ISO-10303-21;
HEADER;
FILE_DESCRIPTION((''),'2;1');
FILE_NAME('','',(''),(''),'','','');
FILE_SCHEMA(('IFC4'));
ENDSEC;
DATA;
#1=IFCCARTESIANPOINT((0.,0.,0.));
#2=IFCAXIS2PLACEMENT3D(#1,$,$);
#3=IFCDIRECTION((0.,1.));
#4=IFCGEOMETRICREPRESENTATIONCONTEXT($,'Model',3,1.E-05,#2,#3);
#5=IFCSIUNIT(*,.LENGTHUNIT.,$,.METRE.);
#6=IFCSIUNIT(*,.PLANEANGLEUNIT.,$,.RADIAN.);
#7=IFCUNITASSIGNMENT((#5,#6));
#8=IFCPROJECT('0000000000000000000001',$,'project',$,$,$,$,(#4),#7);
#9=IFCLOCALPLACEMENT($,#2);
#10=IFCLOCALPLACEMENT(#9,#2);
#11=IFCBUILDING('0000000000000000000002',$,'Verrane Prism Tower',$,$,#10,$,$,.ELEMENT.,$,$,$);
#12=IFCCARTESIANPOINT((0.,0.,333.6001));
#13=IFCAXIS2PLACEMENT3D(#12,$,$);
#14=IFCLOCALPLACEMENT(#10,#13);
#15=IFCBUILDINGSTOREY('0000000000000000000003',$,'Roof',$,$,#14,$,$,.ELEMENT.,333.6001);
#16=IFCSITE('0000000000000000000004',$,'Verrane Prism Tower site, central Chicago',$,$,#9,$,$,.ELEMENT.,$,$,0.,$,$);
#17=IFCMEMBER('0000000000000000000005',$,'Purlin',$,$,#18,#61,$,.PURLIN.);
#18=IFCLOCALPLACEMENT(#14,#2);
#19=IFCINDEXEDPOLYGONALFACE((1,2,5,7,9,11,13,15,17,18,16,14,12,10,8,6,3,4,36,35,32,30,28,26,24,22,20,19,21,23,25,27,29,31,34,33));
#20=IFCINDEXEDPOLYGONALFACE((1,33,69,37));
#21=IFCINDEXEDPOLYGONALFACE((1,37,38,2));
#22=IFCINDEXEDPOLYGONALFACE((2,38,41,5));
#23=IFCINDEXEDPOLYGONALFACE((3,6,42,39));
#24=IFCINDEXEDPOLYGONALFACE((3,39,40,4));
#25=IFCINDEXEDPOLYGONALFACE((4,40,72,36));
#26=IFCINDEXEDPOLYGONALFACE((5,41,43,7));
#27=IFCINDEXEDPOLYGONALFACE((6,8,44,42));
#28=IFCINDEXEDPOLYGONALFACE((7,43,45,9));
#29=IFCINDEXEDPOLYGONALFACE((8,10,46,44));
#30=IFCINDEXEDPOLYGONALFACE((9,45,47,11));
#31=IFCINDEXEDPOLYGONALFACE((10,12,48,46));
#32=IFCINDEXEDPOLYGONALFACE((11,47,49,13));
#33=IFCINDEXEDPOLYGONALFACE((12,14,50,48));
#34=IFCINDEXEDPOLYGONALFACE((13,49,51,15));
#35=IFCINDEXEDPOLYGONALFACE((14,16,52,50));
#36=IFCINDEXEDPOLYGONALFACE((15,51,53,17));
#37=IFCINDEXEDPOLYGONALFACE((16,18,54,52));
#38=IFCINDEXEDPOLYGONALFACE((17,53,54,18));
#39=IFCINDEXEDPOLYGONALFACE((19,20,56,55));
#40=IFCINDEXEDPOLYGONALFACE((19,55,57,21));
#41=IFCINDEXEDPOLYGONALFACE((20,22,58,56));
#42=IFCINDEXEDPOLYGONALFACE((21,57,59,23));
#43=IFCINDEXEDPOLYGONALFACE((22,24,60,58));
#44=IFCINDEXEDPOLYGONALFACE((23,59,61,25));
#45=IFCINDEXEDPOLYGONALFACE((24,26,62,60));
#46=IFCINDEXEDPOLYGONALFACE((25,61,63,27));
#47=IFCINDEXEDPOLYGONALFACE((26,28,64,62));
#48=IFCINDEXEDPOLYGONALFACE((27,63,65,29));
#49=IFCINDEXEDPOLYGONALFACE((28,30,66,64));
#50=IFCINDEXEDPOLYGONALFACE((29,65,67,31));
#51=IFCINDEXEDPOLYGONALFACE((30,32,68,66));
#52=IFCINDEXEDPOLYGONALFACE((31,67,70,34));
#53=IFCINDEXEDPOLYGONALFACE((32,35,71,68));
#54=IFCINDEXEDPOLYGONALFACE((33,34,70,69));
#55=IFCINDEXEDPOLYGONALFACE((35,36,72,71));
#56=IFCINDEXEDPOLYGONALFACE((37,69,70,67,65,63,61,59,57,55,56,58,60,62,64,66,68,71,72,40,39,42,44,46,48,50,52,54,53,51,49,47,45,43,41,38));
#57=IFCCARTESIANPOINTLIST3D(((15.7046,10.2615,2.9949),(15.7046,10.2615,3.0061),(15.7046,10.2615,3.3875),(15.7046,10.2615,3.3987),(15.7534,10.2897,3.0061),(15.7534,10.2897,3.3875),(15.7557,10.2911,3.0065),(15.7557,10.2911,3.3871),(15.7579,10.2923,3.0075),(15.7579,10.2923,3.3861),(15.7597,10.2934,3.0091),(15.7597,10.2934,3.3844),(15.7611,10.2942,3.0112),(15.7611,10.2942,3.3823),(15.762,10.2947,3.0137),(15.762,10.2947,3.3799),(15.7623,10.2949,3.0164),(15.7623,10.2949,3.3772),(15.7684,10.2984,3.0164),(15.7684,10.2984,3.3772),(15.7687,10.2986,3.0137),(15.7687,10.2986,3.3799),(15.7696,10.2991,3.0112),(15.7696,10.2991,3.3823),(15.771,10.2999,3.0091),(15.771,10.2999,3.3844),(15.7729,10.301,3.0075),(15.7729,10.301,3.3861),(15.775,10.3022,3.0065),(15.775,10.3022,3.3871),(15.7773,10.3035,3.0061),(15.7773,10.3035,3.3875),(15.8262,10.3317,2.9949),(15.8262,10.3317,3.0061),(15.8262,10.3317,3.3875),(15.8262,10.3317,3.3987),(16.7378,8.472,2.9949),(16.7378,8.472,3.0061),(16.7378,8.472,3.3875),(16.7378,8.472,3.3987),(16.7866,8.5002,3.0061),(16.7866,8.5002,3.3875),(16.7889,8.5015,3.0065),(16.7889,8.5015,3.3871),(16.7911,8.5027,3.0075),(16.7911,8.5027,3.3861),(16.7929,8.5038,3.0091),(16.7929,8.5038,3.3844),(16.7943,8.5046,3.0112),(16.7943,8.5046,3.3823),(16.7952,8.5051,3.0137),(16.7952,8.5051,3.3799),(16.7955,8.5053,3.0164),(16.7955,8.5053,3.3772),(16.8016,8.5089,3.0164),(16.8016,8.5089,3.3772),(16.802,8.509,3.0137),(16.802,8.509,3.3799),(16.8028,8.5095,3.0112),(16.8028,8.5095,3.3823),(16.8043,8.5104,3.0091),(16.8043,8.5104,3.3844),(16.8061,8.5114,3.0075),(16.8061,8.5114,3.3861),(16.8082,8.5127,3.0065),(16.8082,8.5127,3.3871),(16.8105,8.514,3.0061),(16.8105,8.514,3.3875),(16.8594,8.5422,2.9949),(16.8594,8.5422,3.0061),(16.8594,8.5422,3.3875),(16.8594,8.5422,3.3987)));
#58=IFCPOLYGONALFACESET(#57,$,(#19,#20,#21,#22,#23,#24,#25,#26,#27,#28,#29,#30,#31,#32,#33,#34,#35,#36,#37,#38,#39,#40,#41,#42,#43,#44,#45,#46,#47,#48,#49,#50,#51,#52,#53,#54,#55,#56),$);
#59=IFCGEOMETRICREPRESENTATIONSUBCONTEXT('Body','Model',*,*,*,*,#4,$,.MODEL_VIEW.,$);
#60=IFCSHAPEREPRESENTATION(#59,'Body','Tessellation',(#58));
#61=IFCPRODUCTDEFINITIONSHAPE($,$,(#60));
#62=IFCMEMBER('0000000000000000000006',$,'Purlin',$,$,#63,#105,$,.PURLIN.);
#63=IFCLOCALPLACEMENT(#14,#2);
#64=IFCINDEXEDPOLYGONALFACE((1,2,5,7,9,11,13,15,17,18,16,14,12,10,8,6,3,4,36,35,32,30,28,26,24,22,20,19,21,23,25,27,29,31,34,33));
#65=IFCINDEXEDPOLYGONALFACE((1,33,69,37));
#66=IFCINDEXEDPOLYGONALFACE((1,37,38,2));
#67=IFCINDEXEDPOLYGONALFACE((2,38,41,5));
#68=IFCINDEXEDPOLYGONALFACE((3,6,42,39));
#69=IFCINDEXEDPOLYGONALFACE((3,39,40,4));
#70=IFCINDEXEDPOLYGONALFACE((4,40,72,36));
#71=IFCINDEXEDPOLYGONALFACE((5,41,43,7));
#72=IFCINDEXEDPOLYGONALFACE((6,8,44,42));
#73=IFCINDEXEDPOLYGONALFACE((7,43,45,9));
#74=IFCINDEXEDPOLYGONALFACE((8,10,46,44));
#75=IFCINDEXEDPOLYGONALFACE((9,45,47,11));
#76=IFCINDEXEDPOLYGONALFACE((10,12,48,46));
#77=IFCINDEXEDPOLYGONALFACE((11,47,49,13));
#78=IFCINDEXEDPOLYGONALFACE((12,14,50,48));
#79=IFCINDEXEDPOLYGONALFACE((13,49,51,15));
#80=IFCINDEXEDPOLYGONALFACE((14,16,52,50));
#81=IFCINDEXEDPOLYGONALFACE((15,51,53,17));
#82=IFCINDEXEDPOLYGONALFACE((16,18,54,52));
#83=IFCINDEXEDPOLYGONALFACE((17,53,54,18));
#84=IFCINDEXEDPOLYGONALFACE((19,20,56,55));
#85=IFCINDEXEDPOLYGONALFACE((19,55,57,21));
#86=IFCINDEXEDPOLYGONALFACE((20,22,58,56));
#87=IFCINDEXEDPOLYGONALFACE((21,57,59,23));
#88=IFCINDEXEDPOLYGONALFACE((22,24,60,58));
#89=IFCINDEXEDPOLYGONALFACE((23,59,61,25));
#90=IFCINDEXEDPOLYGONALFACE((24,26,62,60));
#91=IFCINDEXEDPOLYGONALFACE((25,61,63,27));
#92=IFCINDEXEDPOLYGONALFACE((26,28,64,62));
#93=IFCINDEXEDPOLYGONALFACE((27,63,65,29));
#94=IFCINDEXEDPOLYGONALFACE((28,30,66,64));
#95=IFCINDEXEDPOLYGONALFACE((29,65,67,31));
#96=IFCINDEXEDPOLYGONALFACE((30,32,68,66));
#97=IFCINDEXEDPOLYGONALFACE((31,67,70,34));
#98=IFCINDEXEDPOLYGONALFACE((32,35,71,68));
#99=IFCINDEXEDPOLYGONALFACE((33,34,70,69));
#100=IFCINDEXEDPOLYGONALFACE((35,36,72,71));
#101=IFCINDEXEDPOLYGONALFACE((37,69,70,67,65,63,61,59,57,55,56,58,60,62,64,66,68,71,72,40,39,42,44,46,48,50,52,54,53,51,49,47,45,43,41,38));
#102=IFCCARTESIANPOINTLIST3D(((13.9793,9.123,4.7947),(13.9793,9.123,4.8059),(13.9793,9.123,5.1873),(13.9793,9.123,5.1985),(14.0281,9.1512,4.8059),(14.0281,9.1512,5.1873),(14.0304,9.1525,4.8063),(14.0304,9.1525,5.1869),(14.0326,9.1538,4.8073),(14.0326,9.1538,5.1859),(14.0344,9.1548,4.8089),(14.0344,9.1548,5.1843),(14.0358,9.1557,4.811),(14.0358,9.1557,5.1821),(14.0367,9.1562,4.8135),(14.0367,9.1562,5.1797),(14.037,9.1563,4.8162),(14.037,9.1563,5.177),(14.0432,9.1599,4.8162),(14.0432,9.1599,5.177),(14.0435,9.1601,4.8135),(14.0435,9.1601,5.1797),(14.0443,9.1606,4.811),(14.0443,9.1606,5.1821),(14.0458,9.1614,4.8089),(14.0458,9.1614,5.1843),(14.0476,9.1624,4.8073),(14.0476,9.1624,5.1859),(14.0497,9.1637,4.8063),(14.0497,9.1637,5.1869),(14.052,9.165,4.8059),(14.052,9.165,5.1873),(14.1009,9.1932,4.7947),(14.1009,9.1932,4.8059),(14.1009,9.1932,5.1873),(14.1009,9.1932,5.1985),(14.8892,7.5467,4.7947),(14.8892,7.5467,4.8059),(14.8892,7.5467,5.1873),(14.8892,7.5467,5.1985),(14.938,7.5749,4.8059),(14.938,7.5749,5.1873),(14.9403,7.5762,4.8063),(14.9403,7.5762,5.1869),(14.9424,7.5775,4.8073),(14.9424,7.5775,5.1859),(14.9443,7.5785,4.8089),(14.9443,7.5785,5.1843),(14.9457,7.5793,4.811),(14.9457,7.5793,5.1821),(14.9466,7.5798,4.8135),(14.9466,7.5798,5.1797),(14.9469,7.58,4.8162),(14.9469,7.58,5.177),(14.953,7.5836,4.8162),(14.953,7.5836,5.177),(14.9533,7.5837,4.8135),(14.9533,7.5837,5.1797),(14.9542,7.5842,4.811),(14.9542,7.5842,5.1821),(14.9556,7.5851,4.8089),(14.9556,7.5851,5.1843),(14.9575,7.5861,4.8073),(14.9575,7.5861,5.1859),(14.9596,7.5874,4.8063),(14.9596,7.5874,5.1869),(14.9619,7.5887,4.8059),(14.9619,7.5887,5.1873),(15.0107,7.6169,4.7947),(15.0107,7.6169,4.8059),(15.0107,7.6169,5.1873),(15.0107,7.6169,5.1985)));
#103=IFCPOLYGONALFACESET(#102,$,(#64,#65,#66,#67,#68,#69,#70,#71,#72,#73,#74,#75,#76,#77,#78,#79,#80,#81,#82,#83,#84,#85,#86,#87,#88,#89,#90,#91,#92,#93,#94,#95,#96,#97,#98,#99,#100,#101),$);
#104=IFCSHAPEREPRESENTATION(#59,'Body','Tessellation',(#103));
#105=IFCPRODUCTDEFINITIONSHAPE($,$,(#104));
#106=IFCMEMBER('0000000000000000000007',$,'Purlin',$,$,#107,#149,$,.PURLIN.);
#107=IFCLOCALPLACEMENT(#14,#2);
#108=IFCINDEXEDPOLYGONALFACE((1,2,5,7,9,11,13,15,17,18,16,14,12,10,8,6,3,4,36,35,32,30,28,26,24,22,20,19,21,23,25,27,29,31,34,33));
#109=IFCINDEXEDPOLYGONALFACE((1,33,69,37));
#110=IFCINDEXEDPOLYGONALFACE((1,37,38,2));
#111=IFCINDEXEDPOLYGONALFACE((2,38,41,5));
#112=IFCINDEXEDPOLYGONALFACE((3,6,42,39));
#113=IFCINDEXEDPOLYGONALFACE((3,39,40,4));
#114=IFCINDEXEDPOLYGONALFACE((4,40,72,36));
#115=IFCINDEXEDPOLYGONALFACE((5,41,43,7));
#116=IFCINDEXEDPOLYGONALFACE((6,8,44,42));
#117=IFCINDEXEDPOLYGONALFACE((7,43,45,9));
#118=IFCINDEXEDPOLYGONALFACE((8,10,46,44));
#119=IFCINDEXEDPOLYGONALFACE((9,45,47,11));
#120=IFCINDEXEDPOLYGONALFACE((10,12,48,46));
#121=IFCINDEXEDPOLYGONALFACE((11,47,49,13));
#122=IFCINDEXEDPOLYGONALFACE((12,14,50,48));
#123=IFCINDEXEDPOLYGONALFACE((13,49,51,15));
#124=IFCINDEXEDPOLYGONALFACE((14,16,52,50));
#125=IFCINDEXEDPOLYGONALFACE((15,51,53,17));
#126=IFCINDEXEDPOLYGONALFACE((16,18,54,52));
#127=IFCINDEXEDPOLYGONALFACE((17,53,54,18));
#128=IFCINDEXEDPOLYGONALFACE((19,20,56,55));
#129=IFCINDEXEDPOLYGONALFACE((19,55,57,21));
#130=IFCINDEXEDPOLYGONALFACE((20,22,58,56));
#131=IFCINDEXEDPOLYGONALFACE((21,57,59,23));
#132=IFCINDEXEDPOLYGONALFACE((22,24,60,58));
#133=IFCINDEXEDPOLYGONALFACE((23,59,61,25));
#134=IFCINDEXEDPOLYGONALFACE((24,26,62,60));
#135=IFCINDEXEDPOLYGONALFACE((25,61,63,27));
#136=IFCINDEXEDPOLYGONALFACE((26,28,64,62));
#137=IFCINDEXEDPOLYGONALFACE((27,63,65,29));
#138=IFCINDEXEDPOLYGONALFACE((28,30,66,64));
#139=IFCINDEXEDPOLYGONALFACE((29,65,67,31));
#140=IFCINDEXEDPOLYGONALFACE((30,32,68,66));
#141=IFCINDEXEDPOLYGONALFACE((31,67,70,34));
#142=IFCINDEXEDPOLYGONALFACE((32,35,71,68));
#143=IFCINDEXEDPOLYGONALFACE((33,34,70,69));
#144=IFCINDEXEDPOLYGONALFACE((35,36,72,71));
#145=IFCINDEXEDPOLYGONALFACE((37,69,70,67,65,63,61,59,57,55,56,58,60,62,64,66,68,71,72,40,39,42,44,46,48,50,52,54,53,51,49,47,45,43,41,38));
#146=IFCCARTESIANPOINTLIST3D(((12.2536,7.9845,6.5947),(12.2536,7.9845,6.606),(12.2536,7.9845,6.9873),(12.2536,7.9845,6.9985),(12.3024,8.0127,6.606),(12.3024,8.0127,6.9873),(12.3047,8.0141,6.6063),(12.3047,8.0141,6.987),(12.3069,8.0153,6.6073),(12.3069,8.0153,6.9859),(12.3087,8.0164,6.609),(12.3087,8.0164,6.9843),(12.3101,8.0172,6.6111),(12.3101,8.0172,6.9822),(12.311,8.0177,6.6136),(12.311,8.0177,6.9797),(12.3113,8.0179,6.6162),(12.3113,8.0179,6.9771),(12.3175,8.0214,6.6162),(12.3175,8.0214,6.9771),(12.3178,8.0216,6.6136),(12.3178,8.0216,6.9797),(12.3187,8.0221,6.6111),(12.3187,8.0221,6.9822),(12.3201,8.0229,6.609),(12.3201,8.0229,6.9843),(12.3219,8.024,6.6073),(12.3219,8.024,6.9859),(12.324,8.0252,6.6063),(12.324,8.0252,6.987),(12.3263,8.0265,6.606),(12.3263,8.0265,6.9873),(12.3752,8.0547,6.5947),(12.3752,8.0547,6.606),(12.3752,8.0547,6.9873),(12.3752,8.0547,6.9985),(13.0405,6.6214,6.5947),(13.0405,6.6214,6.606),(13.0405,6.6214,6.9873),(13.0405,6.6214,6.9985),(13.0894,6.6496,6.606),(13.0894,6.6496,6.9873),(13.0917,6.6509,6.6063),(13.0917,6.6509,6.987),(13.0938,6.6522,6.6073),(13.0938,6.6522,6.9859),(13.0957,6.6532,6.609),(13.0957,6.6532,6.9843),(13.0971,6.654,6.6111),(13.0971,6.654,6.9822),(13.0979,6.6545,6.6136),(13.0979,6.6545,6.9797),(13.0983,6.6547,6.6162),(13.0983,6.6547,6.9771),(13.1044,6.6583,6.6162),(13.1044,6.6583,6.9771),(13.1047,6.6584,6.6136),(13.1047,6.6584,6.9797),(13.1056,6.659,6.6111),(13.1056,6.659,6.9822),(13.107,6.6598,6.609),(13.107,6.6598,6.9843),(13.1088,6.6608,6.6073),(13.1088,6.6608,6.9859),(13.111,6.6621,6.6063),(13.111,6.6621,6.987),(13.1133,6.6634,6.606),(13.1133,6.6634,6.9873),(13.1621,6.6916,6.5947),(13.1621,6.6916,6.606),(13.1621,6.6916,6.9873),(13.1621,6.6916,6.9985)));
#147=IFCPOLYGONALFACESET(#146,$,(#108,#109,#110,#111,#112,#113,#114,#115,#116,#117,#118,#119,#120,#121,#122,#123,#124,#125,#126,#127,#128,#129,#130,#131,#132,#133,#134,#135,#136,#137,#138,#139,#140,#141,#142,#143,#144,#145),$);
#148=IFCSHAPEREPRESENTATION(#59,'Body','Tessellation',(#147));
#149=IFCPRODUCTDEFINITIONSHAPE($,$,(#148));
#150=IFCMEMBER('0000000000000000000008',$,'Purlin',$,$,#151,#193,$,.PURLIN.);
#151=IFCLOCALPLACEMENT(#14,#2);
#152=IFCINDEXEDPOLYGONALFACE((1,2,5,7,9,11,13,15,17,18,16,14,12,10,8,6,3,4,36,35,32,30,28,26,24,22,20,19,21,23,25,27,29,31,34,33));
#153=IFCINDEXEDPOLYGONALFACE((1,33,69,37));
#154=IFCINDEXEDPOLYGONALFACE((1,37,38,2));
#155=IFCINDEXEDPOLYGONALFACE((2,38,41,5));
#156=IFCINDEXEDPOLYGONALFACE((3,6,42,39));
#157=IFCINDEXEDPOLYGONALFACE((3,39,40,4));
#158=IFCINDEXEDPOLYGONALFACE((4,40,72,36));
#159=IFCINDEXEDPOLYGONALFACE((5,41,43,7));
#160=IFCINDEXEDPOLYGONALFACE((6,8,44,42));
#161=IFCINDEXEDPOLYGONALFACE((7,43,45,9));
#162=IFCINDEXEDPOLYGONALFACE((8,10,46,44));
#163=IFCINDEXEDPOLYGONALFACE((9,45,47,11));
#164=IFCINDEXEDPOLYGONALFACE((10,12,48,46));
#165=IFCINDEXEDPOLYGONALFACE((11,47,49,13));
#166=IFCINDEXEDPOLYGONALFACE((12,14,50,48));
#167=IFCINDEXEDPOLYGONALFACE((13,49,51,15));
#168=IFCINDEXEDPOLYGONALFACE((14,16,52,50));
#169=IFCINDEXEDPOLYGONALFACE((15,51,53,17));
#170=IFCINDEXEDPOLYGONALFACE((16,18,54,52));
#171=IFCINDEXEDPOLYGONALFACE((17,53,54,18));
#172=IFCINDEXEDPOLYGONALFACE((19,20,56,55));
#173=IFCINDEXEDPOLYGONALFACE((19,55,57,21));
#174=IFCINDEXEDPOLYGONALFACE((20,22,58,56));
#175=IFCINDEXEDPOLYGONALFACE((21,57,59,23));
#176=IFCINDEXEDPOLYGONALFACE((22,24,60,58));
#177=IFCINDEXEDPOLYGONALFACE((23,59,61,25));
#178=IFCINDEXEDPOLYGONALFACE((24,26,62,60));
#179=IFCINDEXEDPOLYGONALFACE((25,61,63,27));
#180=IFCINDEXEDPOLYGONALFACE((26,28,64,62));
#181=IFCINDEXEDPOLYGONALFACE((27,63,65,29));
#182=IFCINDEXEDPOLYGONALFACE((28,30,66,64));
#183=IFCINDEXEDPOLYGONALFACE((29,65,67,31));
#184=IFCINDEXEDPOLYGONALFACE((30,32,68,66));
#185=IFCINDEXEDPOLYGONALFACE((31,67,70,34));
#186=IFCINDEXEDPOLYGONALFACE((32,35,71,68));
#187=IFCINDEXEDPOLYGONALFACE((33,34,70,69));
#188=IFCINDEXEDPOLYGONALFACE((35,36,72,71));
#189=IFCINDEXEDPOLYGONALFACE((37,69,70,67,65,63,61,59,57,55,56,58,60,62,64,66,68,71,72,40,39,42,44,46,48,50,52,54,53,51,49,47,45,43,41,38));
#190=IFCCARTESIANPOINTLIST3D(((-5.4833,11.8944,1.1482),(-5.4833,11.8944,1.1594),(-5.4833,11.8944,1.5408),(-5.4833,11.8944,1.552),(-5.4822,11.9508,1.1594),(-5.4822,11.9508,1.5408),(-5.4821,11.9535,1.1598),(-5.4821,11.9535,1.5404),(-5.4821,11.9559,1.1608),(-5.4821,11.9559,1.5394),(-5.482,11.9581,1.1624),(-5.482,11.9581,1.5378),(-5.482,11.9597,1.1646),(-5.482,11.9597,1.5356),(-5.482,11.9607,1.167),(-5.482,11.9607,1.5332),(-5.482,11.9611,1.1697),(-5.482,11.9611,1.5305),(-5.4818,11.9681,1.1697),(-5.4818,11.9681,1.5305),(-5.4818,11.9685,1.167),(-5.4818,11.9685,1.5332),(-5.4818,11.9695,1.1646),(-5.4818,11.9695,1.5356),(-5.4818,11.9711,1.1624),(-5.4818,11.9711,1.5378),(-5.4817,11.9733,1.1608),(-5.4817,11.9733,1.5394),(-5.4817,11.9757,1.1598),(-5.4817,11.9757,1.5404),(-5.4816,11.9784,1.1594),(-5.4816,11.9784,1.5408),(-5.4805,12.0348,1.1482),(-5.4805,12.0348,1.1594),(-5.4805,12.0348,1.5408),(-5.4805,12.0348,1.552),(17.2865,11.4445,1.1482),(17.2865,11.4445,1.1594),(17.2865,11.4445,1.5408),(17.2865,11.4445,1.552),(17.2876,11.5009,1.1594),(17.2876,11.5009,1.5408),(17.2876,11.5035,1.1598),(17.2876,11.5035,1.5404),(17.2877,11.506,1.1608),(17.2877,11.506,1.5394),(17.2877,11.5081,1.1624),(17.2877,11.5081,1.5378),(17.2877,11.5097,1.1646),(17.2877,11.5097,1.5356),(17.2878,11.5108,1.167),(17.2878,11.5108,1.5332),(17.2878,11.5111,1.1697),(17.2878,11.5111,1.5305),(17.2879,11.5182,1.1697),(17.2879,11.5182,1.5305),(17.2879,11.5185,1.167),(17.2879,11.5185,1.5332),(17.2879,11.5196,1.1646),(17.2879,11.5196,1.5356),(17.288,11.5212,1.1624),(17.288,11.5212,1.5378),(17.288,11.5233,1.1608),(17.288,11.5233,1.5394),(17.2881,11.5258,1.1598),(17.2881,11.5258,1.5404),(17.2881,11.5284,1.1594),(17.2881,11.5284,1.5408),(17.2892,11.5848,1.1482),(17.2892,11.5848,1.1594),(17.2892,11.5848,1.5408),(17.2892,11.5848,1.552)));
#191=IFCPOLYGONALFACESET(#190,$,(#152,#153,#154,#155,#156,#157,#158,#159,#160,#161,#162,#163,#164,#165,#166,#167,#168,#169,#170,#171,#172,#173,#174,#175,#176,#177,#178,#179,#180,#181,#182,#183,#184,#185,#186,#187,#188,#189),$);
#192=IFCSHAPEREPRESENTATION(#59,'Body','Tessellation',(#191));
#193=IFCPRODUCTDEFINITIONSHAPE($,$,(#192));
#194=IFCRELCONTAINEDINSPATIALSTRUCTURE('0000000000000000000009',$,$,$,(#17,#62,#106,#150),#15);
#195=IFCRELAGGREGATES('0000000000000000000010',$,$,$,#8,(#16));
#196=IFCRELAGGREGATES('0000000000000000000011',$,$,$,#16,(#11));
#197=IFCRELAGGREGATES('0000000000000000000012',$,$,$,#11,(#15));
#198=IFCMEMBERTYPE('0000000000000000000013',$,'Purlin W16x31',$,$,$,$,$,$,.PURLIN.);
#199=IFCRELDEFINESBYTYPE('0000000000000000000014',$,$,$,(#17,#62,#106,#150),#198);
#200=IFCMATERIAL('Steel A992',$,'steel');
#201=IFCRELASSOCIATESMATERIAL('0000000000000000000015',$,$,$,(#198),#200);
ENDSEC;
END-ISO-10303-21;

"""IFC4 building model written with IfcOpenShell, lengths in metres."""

from ifc_helpers import new_model, si_unit, direction, frame, origin, origin_2d, place, context, subcontext, project, spatial, i_section, extrude, material, material_profile, profile_set, type_object, element, save


model = new_model("IFC4")

# Units and contexts
model_context = context("Model", 3, precision=1e-05, world=origin(), true_north=direction((0.0, 1.0)))
body_context = subcontext(model_context, "Body", "Model", "MODEL_VIEW")
ifc_project = project(units=[si_unit("LENGTHUNIT", "METRE"), si_unit("PLANEANGLEUNIT", "RADIAN")], contexts=[model_context])

# Site, building, storey
site_placement = place(None, origin())
site = spatial("IfcSite", under=ifc_project, at=site_placement, Name="Verrane Prism Tower site, central Chicago", CompositionType="ELEMENT", RefElevation=0.0)
building_placement = place(site_placement, origin())
building = spatial("IfcBuilding", under=site, at=building_placement, Name="Verrane Prism Tower", CompositionType="ELEMENT")
storey_placement = place(building_placement, frame((0.0, 0.0, 333.6001)))
storey = spatial("IfcBuildingStorey", under=building, at=storey_placement, Name="Roof", CompositionType="ELEMENT", Elevation=333.6001)

# Members
ifc_material_1 = material(Name="Steel A992", Category="steel")
ifc_material_profile_1 = material_profile(ifc_material_1, i_section(OverallWidth=0.1404, OverallDepth=0.4038, WebThickness=0.0071, FlangeThickness=0.0112, FilletRadius=0.0103, at=origin_2d()), Name="W16x31")
ifc_profile_set_1 = profile_set([ifc_material_profile_1], Name="Steel A992")
member_type_1 = type_object("IfcMemberType", Name="Purlin W16x31", PredefinedType="PURLIN", material=ifc_profile_set_1)
member_1_placement = place(storey_placement, frame((16.7986, 8.5071, 3.1968), z_axis=(-0.500002, 0.866024, 0.0), x_axis=(-0.866024, -0.500002, 0.0)))
element("IfcMember", 1, at=member_1_placement, inside=storey, type_object=member_type_1, Name="Purlin", PredefinedType="PURLIN", context=body_context, shape_type="SweptSolid", body=[
    extrude(i_section(OverallWidth=0.1404, OverallDepth=0.4038, WebThickness=0.0071, FlangeThickness=0.0112, FilletRadius=0.0103, at=origin_2d()), origin(), (0.0, 0.0, 1.0), 2.0664),
])
member_2_placement = place(storey_placement, frame((14.95, 7.5818, 4.9966), z_axis=(-0.499904, 0.866081, 0.0), x_axis=(-0.866081, -0.499904, 0.0)))
element("IfcMember", 2, at=member_2_placement, inside=storey, type_object=member_type_1, Name="Purlin", PredefinedType="PURLIN", context=body_context, shape_type="SweptSolid", body=[
    extrude(i_section(OverallWidth=0.1404, OverallDepth=0.4038, WebThickness=0.0071, FlangeThickness=0.0112, FilletRadius=0.0103, at=origin_2d()), origin(), (0.0, 0.0, 1.0), 1.8201),
])
member_3_placement = place(storey_placement, frame((13.1013, 6.6565, 6.7966), z_axis=(-0.49996, 0.866049, 0.0), x_axis=(-0.866049, -0.49996, 0.0)))
element("IfcMember", 3, at=member_3_placement, inside=storey, type_object=member_type_1, Name="Purlin", PredefinedType="PURLIN", context=body_context, shape_type="SweptSolid", body=[
    extrude(i_section(OverallWidth=0.1404, OverallDepth=0.4038, WebThickness=0.0071, FlangeThickness=0.0112, FilletRadius=0.0103, at=origin_2d()), origin(), (0.0, 0.0, 1.0), 1.574),
])
member_4_placement = place(storey_placement, frame((17.2878, 11.5146, 1.3501), z_axis=(-0.999805, 0.019757, 0.0), x_axis=(-0.019757, -0.999805, 0.0)))
element("IfcMember", 4, at=member_4_placement, inside=storey, type_object=member_type_1, Name="Purlin", PredefinedType="PURLIN", context=body_context, shape_type="SweptSolid", body=[
    extrude(i_section(OverallWidth=0.1404, OverallDepth=0.4038, WebThickness=0.0071, FlangeThickness=0.0112, FilletRadius=0.0103, at=origin_2d()), origin(), (0.0, 0.0, 1.0), 22.7742),
])

save(model, "model.ifc")
